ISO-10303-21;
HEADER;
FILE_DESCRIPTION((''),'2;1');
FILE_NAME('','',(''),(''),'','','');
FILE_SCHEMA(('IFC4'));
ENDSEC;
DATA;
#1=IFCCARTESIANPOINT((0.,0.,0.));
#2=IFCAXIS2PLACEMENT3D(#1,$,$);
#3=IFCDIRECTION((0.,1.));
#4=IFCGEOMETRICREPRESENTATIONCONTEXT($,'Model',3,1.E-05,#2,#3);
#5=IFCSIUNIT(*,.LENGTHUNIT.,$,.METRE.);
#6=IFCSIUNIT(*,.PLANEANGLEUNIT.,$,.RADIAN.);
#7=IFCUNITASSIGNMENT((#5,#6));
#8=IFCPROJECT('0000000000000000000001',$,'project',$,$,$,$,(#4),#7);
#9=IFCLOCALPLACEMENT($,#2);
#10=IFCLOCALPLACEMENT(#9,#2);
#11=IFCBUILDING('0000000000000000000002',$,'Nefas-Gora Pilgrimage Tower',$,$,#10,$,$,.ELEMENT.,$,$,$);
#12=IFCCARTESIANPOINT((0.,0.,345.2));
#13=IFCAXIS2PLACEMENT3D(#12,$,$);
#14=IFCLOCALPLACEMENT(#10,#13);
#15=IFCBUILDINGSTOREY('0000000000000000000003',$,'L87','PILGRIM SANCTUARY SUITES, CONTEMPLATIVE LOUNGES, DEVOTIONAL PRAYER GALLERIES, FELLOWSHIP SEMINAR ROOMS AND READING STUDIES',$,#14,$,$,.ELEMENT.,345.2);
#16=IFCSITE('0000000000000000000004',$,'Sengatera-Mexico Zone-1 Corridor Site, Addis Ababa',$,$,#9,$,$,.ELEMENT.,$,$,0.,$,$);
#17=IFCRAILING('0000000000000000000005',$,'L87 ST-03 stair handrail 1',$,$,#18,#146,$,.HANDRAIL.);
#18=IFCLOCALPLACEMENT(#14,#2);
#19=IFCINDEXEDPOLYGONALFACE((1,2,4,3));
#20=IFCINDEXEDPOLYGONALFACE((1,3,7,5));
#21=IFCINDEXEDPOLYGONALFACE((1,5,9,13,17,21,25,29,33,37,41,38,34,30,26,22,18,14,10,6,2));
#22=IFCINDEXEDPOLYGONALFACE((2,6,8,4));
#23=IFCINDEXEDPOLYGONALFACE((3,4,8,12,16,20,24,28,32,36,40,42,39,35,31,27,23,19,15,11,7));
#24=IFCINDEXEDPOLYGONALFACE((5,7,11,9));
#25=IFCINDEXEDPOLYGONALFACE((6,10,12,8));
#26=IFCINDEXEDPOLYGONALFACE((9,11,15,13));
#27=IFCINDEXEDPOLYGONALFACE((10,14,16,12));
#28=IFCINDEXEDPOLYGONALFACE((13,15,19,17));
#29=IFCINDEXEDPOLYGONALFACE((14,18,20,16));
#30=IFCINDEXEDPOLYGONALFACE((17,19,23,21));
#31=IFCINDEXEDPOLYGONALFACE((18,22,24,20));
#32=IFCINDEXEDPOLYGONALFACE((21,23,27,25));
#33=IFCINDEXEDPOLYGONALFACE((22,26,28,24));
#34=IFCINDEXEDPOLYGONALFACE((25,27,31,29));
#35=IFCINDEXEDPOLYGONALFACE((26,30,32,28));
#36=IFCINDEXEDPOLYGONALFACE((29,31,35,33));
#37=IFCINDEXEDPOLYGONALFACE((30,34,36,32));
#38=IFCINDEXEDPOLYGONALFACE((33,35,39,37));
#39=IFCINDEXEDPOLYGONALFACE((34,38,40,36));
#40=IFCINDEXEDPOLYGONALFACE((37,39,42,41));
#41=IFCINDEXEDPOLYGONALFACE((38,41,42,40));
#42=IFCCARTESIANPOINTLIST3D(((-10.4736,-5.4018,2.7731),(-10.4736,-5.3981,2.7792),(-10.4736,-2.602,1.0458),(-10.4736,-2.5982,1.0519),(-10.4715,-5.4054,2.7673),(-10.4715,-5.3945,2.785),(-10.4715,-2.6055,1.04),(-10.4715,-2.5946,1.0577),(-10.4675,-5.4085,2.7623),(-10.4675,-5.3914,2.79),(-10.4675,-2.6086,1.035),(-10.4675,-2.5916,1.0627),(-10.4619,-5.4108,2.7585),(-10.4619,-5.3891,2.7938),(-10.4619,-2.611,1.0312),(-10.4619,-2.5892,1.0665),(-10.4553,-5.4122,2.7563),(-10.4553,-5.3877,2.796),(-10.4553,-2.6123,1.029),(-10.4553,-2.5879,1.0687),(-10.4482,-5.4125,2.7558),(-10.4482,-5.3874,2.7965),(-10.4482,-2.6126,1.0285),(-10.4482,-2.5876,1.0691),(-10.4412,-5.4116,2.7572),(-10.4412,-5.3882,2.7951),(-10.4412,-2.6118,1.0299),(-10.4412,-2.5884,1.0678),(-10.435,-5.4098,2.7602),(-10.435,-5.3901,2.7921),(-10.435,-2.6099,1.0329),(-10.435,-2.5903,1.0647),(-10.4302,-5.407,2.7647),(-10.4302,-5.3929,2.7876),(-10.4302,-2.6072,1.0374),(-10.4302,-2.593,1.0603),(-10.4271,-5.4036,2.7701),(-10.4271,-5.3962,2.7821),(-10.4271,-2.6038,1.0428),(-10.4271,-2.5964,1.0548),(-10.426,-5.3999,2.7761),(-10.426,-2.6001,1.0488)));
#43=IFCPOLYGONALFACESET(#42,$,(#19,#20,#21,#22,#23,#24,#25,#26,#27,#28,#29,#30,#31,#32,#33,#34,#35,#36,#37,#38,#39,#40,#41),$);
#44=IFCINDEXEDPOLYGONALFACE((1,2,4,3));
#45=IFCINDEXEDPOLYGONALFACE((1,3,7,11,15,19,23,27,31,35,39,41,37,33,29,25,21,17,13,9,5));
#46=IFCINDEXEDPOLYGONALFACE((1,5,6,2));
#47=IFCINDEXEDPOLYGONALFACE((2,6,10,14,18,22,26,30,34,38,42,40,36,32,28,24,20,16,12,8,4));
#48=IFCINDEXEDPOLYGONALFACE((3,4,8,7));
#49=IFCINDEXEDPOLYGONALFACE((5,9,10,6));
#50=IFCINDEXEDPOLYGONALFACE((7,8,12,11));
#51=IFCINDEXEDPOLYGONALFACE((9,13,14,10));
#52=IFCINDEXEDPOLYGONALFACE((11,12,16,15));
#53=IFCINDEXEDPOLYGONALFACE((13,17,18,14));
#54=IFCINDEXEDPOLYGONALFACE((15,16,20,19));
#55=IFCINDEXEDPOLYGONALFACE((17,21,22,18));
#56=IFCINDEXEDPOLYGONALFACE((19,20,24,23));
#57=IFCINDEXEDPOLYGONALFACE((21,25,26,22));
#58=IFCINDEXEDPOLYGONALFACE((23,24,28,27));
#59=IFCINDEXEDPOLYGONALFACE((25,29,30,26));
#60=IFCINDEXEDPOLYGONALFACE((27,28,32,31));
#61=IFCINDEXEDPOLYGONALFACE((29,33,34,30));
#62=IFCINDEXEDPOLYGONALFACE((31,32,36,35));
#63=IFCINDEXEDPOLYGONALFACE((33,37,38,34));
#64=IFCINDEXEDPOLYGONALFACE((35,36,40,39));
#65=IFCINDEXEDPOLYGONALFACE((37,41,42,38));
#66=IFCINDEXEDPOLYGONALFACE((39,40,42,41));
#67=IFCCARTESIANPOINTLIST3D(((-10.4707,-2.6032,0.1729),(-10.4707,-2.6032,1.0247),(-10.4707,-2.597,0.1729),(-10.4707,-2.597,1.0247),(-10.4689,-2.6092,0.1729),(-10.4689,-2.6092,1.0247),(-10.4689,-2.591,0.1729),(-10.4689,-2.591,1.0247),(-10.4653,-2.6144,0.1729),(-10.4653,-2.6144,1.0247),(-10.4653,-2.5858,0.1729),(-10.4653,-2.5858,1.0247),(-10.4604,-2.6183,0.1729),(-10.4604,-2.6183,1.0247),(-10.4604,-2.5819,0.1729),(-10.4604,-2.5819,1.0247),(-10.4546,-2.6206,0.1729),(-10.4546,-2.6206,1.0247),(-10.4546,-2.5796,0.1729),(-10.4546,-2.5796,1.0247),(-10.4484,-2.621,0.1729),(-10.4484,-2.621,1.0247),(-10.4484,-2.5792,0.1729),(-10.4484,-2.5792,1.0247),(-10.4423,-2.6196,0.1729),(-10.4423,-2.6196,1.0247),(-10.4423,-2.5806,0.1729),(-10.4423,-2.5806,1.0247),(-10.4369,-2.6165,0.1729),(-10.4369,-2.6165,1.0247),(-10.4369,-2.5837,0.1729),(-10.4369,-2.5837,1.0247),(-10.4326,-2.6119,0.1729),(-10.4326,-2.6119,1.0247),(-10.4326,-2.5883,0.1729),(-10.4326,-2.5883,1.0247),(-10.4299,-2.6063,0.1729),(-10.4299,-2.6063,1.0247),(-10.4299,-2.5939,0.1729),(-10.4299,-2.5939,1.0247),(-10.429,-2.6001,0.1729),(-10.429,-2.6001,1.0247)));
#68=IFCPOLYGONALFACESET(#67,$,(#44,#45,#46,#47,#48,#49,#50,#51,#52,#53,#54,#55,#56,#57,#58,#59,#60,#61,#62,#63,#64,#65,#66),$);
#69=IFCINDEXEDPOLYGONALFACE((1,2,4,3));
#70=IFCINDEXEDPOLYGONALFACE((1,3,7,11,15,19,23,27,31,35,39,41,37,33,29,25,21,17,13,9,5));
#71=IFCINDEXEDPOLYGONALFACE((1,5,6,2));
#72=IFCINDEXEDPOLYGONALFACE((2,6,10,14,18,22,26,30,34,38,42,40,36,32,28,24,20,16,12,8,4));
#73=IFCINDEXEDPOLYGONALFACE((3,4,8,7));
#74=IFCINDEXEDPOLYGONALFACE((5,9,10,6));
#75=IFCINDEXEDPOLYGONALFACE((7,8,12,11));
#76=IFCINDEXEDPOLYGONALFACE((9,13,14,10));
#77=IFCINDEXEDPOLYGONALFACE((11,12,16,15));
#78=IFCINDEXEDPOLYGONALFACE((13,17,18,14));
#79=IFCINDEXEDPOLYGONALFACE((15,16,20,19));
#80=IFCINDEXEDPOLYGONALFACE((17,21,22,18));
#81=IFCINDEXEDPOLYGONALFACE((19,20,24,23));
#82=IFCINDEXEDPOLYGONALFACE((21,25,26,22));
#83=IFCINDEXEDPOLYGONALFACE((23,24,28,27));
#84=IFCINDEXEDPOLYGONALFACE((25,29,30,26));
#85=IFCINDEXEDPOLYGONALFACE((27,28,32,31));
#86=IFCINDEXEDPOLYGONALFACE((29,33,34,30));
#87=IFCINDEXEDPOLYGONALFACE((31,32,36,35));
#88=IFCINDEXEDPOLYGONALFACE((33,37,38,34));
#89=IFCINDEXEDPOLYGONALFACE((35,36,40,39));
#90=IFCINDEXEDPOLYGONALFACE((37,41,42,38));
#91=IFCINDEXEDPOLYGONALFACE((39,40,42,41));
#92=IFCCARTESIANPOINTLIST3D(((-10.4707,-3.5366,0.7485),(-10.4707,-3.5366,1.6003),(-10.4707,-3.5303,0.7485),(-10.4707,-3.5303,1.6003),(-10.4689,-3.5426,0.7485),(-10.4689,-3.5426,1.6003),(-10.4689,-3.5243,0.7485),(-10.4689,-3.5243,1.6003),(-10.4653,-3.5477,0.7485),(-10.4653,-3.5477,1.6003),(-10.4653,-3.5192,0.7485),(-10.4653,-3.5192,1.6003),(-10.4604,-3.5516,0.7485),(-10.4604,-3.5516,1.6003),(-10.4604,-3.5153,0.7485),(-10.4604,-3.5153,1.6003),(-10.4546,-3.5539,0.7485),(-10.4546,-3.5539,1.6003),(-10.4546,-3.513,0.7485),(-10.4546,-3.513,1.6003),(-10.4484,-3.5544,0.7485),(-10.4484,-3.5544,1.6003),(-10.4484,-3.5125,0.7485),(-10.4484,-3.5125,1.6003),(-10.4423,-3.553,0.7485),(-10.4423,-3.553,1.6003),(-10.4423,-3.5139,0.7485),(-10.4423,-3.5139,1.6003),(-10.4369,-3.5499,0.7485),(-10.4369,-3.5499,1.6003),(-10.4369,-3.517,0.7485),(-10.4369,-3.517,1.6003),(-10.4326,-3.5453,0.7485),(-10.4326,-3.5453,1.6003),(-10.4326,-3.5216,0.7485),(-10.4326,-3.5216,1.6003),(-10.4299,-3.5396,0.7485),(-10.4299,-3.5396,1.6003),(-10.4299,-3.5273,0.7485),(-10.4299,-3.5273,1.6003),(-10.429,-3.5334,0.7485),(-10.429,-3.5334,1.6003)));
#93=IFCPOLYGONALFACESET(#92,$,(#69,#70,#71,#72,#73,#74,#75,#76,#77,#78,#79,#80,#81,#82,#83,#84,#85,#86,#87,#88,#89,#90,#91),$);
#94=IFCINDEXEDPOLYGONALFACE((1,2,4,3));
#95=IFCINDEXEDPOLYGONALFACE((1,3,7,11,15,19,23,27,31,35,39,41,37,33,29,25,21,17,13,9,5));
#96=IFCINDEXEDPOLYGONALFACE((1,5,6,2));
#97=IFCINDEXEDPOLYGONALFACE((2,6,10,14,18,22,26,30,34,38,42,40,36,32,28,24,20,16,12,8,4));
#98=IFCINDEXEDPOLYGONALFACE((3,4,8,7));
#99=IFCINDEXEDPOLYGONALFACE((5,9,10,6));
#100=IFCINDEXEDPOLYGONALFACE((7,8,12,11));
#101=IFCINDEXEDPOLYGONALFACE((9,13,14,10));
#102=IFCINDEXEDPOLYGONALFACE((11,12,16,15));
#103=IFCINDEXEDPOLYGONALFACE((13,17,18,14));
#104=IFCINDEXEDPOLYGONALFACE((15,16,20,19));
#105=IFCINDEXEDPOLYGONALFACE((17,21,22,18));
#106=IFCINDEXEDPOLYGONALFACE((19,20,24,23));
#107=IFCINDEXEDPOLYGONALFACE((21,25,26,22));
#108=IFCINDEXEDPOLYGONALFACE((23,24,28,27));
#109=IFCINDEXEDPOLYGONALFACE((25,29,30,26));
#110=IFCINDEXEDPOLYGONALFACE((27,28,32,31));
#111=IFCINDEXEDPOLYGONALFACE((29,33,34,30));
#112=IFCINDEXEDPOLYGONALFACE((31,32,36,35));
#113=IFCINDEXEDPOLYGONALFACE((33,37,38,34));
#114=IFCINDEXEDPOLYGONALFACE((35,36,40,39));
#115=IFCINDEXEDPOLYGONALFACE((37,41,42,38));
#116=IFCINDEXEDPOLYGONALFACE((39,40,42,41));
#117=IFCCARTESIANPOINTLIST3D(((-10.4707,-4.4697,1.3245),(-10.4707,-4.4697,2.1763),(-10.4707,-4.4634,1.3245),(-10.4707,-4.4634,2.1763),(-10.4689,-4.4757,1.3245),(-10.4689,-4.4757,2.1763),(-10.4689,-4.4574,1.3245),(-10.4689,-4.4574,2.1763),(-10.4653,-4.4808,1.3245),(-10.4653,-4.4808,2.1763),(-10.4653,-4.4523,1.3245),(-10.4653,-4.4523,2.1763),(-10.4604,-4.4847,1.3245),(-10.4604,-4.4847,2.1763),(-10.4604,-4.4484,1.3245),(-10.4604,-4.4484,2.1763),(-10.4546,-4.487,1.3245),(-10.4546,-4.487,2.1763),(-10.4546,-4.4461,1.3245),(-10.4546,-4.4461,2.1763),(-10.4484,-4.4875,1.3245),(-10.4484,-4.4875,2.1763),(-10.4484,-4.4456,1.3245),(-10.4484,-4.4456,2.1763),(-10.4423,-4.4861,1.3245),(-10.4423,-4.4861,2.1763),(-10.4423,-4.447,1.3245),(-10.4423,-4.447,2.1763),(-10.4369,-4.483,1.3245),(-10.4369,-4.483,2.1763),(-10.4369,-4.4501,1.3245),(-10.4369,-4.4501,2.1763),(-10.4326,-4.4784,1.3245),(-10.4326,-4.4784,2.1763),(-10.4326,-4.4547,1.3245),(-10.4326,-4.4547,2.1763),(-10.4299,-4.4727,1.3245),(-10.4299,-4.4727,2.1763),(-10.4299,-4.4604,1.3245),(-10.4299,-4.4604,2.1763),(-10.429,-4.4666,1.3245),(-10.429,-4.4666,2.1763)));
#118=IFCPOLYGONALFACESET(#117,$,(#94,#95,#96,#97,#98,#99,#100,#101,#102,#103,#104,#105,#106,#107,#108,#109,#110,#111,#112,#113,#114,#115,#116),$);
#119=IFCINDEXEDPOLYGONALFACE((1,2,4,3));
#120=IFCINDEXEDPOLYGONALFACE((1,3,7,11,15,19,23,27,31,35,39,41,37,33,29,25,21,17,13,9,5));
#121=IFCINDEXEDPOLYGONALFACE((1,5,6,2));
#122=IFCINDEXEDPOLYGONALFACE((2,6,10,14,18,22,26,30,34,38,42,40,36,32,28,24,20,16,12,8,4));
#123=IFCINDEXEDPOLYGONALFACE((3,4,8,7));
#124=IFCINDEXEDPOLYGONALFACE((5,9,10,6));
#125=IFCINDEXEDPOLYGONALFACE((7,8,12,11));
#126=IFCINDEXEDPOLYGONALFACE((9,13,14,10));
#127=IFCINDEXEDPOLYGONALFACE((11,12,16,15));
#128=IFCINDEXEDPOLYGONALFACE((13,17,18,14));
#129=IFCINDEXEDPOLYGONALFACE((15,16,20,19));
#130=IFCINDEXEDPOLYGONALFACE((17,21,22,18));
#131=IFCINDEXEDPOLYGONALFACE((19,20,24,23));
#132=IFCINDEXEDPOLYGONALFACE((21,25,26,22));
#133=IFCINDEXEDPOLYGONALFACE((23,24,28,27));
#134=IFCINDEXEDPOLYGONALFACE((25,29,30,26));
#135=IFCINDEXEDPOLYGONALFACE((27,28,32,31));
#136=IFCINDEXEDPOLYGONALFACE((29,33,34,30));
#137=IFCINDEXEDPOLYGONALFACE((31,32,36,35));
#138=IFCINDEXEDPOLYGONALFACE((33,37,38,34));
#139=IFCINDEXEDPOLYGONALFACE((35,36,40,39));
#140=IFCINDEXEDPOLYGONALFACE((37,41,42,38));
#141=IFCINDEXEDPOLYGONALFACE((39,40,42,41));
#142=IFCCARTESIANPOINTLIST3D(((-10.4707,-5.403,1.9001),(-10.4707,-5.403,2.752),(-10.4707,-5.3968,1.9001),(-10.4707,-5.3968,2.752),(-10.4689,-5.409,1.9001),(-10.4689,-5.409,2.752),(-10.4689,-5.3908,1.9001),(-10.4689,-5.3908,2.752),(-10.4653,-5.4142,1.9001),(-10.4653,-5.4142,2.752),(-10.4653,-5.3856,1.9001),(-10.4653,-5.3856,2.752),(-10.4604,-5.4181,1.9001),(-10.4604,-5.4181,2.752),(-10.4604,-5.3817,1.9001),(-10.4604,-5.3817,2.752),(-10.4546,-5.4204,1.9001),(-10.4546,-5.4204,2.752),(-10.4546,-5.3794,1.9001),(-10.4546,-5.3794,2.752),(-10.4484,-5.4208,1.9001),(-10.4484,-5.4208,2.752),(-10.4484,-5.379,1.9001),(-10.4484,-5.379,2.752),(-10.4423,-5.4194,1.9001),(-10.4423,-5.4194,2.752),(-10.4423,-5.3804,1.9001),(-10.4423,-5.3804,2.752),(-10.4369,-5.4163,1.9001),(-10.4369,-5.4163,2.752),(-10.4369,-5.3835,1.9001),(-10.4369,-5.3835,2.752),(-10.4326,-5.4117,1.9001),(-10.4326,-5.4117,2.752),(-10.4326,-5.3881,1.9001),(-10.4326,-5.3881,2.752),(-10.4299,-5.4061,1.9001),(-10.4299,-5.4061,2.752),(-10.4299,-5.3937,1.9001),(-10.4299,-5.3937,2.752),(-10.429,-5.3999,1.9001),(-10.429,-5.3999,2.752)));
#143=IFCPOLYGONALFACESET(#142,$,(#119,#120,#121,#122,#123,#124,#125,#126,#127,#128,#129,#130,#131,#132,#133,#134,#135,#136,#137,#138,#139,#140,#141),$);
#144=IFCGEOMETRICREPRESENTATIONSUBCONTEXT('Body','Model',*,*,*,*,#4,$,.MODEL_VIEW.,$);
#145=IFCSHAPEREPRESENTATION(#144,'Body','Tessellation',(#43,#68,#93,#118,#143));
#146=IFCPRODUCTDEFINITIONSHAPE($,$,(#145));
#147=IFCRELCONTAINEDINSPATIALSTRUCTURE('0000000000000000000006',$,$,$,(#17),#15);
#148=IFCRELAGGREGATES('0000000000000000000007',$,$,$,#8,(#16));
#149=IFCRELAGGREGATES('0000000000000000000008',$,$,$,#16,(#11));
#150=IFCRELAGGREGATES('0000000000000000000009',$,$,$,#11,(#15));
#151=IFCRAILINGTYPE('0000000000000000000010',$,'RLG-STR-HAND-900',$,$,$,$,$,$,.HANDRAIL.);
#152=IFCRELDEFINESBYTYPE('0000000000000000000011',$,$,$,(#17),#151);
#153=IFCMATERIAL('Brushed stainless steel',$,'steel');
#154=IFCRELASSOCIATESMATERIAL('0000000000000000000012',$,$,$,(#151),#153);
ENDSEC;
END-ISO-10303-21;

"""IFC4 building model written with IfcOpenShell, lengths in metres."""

from ifc_helpers import new_model, si_unit, direction, frame, origin, origin_2d, place, context, subcontext, project, spatial, circle, extrude, material, type_object, element, save


model = new_model("IFC4")

# Units and contexts
model_context = context("Model", 3, precision=1e-05, world=origin(), true_north=direction((0.0, 1.0)))
body_context = subcontext(model_context, "Body", "Model", "MODEL_VIEW")
ifc_project = project(units=[si_unit("LENGTHUNIT", "METRE"), si_unit("PLANEANGLEUNIT", "RADIAN")], contexts=[model_context])

# Site, building, storey
site_placement = place(None, origin())
site = spatial("IfcSite", under=ifc_project, at=site_placement, Name="Sengatera-Mexico Zone-1 Corridor Site, Addis Ababa", CompositionType="ELEMENT", RefElevation=0.0)
building_placement = place(site_placement, origin())
building = spatial("IfcBuilding", under=site, at=building_placement, Name="Nefas-Gora Pilgrimage Tower", CompositionType="ELEMENT")
storey_placement = place(building_placement, frame((0.0, 0.0, 345.2)))
storey = spatial("IfcBuildingStorey", under=building, at=storey_placement, Name="L87", Description="PILGRIM SANCTUARY SUITES, CONTEMPLATIVE LOUNGES, DEVOTIONAL PRAYER GALLERIES, FELLOWSHIP SEMINAR ROOMS AND READING STUDIES", CompositionType="ELEMENT", Elevation=345.2)

# Railing
ifc_material_1 = material(Name="Brushed stainless steel", Category="steel")
railing_type_1 = type_object("IfcRailingType", Name="RLG-STR-HAND-900", PredefinedType="HANDRAIL", material=ifc_material_1)
railing_1_placement = place(storey_placement, frame((-10.45, -2.6001, 0.1729)))
element("IfcRailing", 1, at=railing_1_placement, inside=storey, type_object=railing_type_1, Name="L87 ST-03 stair handrail 1", PredefinedType="HANDRAIL", context=body_context, shape_type="SweptSolid", body=[
    extrude(circle(Radius=0.0239, at=origin_2d()), frame((0.0, 0.0, 0.876), z_axis=(0.0, -0.851069, 0.525054), x_axis=(1.0, 0.0, 0.0)), (0.0, 0.0, 1.0), 3.2898),
    extrude(circle(Radius=0.021, at=origin_2d()), origin(), (0.0, 0.0, 1.0), 0.8518),
    extrude(circle(Radius=0.021, at=origin_2d()), frame((0.0, -0.9333, 0.5757)), (0.0, 0.0, 1.0), 0.8518),
    extrude(circle(Radius=0.021, at=origin_2d()), frame((0.0, -1.8665, 1.1516)), (0.0, 0.0, 1.0), 0.8518),
    extrude(circle(Radius=0.021, at=origin_2d()), frame((0.0, -2.7998, 1.7273)), (0.0, 0.0, 1.0), 0.8518),
])

save(model, "model.ifc")
